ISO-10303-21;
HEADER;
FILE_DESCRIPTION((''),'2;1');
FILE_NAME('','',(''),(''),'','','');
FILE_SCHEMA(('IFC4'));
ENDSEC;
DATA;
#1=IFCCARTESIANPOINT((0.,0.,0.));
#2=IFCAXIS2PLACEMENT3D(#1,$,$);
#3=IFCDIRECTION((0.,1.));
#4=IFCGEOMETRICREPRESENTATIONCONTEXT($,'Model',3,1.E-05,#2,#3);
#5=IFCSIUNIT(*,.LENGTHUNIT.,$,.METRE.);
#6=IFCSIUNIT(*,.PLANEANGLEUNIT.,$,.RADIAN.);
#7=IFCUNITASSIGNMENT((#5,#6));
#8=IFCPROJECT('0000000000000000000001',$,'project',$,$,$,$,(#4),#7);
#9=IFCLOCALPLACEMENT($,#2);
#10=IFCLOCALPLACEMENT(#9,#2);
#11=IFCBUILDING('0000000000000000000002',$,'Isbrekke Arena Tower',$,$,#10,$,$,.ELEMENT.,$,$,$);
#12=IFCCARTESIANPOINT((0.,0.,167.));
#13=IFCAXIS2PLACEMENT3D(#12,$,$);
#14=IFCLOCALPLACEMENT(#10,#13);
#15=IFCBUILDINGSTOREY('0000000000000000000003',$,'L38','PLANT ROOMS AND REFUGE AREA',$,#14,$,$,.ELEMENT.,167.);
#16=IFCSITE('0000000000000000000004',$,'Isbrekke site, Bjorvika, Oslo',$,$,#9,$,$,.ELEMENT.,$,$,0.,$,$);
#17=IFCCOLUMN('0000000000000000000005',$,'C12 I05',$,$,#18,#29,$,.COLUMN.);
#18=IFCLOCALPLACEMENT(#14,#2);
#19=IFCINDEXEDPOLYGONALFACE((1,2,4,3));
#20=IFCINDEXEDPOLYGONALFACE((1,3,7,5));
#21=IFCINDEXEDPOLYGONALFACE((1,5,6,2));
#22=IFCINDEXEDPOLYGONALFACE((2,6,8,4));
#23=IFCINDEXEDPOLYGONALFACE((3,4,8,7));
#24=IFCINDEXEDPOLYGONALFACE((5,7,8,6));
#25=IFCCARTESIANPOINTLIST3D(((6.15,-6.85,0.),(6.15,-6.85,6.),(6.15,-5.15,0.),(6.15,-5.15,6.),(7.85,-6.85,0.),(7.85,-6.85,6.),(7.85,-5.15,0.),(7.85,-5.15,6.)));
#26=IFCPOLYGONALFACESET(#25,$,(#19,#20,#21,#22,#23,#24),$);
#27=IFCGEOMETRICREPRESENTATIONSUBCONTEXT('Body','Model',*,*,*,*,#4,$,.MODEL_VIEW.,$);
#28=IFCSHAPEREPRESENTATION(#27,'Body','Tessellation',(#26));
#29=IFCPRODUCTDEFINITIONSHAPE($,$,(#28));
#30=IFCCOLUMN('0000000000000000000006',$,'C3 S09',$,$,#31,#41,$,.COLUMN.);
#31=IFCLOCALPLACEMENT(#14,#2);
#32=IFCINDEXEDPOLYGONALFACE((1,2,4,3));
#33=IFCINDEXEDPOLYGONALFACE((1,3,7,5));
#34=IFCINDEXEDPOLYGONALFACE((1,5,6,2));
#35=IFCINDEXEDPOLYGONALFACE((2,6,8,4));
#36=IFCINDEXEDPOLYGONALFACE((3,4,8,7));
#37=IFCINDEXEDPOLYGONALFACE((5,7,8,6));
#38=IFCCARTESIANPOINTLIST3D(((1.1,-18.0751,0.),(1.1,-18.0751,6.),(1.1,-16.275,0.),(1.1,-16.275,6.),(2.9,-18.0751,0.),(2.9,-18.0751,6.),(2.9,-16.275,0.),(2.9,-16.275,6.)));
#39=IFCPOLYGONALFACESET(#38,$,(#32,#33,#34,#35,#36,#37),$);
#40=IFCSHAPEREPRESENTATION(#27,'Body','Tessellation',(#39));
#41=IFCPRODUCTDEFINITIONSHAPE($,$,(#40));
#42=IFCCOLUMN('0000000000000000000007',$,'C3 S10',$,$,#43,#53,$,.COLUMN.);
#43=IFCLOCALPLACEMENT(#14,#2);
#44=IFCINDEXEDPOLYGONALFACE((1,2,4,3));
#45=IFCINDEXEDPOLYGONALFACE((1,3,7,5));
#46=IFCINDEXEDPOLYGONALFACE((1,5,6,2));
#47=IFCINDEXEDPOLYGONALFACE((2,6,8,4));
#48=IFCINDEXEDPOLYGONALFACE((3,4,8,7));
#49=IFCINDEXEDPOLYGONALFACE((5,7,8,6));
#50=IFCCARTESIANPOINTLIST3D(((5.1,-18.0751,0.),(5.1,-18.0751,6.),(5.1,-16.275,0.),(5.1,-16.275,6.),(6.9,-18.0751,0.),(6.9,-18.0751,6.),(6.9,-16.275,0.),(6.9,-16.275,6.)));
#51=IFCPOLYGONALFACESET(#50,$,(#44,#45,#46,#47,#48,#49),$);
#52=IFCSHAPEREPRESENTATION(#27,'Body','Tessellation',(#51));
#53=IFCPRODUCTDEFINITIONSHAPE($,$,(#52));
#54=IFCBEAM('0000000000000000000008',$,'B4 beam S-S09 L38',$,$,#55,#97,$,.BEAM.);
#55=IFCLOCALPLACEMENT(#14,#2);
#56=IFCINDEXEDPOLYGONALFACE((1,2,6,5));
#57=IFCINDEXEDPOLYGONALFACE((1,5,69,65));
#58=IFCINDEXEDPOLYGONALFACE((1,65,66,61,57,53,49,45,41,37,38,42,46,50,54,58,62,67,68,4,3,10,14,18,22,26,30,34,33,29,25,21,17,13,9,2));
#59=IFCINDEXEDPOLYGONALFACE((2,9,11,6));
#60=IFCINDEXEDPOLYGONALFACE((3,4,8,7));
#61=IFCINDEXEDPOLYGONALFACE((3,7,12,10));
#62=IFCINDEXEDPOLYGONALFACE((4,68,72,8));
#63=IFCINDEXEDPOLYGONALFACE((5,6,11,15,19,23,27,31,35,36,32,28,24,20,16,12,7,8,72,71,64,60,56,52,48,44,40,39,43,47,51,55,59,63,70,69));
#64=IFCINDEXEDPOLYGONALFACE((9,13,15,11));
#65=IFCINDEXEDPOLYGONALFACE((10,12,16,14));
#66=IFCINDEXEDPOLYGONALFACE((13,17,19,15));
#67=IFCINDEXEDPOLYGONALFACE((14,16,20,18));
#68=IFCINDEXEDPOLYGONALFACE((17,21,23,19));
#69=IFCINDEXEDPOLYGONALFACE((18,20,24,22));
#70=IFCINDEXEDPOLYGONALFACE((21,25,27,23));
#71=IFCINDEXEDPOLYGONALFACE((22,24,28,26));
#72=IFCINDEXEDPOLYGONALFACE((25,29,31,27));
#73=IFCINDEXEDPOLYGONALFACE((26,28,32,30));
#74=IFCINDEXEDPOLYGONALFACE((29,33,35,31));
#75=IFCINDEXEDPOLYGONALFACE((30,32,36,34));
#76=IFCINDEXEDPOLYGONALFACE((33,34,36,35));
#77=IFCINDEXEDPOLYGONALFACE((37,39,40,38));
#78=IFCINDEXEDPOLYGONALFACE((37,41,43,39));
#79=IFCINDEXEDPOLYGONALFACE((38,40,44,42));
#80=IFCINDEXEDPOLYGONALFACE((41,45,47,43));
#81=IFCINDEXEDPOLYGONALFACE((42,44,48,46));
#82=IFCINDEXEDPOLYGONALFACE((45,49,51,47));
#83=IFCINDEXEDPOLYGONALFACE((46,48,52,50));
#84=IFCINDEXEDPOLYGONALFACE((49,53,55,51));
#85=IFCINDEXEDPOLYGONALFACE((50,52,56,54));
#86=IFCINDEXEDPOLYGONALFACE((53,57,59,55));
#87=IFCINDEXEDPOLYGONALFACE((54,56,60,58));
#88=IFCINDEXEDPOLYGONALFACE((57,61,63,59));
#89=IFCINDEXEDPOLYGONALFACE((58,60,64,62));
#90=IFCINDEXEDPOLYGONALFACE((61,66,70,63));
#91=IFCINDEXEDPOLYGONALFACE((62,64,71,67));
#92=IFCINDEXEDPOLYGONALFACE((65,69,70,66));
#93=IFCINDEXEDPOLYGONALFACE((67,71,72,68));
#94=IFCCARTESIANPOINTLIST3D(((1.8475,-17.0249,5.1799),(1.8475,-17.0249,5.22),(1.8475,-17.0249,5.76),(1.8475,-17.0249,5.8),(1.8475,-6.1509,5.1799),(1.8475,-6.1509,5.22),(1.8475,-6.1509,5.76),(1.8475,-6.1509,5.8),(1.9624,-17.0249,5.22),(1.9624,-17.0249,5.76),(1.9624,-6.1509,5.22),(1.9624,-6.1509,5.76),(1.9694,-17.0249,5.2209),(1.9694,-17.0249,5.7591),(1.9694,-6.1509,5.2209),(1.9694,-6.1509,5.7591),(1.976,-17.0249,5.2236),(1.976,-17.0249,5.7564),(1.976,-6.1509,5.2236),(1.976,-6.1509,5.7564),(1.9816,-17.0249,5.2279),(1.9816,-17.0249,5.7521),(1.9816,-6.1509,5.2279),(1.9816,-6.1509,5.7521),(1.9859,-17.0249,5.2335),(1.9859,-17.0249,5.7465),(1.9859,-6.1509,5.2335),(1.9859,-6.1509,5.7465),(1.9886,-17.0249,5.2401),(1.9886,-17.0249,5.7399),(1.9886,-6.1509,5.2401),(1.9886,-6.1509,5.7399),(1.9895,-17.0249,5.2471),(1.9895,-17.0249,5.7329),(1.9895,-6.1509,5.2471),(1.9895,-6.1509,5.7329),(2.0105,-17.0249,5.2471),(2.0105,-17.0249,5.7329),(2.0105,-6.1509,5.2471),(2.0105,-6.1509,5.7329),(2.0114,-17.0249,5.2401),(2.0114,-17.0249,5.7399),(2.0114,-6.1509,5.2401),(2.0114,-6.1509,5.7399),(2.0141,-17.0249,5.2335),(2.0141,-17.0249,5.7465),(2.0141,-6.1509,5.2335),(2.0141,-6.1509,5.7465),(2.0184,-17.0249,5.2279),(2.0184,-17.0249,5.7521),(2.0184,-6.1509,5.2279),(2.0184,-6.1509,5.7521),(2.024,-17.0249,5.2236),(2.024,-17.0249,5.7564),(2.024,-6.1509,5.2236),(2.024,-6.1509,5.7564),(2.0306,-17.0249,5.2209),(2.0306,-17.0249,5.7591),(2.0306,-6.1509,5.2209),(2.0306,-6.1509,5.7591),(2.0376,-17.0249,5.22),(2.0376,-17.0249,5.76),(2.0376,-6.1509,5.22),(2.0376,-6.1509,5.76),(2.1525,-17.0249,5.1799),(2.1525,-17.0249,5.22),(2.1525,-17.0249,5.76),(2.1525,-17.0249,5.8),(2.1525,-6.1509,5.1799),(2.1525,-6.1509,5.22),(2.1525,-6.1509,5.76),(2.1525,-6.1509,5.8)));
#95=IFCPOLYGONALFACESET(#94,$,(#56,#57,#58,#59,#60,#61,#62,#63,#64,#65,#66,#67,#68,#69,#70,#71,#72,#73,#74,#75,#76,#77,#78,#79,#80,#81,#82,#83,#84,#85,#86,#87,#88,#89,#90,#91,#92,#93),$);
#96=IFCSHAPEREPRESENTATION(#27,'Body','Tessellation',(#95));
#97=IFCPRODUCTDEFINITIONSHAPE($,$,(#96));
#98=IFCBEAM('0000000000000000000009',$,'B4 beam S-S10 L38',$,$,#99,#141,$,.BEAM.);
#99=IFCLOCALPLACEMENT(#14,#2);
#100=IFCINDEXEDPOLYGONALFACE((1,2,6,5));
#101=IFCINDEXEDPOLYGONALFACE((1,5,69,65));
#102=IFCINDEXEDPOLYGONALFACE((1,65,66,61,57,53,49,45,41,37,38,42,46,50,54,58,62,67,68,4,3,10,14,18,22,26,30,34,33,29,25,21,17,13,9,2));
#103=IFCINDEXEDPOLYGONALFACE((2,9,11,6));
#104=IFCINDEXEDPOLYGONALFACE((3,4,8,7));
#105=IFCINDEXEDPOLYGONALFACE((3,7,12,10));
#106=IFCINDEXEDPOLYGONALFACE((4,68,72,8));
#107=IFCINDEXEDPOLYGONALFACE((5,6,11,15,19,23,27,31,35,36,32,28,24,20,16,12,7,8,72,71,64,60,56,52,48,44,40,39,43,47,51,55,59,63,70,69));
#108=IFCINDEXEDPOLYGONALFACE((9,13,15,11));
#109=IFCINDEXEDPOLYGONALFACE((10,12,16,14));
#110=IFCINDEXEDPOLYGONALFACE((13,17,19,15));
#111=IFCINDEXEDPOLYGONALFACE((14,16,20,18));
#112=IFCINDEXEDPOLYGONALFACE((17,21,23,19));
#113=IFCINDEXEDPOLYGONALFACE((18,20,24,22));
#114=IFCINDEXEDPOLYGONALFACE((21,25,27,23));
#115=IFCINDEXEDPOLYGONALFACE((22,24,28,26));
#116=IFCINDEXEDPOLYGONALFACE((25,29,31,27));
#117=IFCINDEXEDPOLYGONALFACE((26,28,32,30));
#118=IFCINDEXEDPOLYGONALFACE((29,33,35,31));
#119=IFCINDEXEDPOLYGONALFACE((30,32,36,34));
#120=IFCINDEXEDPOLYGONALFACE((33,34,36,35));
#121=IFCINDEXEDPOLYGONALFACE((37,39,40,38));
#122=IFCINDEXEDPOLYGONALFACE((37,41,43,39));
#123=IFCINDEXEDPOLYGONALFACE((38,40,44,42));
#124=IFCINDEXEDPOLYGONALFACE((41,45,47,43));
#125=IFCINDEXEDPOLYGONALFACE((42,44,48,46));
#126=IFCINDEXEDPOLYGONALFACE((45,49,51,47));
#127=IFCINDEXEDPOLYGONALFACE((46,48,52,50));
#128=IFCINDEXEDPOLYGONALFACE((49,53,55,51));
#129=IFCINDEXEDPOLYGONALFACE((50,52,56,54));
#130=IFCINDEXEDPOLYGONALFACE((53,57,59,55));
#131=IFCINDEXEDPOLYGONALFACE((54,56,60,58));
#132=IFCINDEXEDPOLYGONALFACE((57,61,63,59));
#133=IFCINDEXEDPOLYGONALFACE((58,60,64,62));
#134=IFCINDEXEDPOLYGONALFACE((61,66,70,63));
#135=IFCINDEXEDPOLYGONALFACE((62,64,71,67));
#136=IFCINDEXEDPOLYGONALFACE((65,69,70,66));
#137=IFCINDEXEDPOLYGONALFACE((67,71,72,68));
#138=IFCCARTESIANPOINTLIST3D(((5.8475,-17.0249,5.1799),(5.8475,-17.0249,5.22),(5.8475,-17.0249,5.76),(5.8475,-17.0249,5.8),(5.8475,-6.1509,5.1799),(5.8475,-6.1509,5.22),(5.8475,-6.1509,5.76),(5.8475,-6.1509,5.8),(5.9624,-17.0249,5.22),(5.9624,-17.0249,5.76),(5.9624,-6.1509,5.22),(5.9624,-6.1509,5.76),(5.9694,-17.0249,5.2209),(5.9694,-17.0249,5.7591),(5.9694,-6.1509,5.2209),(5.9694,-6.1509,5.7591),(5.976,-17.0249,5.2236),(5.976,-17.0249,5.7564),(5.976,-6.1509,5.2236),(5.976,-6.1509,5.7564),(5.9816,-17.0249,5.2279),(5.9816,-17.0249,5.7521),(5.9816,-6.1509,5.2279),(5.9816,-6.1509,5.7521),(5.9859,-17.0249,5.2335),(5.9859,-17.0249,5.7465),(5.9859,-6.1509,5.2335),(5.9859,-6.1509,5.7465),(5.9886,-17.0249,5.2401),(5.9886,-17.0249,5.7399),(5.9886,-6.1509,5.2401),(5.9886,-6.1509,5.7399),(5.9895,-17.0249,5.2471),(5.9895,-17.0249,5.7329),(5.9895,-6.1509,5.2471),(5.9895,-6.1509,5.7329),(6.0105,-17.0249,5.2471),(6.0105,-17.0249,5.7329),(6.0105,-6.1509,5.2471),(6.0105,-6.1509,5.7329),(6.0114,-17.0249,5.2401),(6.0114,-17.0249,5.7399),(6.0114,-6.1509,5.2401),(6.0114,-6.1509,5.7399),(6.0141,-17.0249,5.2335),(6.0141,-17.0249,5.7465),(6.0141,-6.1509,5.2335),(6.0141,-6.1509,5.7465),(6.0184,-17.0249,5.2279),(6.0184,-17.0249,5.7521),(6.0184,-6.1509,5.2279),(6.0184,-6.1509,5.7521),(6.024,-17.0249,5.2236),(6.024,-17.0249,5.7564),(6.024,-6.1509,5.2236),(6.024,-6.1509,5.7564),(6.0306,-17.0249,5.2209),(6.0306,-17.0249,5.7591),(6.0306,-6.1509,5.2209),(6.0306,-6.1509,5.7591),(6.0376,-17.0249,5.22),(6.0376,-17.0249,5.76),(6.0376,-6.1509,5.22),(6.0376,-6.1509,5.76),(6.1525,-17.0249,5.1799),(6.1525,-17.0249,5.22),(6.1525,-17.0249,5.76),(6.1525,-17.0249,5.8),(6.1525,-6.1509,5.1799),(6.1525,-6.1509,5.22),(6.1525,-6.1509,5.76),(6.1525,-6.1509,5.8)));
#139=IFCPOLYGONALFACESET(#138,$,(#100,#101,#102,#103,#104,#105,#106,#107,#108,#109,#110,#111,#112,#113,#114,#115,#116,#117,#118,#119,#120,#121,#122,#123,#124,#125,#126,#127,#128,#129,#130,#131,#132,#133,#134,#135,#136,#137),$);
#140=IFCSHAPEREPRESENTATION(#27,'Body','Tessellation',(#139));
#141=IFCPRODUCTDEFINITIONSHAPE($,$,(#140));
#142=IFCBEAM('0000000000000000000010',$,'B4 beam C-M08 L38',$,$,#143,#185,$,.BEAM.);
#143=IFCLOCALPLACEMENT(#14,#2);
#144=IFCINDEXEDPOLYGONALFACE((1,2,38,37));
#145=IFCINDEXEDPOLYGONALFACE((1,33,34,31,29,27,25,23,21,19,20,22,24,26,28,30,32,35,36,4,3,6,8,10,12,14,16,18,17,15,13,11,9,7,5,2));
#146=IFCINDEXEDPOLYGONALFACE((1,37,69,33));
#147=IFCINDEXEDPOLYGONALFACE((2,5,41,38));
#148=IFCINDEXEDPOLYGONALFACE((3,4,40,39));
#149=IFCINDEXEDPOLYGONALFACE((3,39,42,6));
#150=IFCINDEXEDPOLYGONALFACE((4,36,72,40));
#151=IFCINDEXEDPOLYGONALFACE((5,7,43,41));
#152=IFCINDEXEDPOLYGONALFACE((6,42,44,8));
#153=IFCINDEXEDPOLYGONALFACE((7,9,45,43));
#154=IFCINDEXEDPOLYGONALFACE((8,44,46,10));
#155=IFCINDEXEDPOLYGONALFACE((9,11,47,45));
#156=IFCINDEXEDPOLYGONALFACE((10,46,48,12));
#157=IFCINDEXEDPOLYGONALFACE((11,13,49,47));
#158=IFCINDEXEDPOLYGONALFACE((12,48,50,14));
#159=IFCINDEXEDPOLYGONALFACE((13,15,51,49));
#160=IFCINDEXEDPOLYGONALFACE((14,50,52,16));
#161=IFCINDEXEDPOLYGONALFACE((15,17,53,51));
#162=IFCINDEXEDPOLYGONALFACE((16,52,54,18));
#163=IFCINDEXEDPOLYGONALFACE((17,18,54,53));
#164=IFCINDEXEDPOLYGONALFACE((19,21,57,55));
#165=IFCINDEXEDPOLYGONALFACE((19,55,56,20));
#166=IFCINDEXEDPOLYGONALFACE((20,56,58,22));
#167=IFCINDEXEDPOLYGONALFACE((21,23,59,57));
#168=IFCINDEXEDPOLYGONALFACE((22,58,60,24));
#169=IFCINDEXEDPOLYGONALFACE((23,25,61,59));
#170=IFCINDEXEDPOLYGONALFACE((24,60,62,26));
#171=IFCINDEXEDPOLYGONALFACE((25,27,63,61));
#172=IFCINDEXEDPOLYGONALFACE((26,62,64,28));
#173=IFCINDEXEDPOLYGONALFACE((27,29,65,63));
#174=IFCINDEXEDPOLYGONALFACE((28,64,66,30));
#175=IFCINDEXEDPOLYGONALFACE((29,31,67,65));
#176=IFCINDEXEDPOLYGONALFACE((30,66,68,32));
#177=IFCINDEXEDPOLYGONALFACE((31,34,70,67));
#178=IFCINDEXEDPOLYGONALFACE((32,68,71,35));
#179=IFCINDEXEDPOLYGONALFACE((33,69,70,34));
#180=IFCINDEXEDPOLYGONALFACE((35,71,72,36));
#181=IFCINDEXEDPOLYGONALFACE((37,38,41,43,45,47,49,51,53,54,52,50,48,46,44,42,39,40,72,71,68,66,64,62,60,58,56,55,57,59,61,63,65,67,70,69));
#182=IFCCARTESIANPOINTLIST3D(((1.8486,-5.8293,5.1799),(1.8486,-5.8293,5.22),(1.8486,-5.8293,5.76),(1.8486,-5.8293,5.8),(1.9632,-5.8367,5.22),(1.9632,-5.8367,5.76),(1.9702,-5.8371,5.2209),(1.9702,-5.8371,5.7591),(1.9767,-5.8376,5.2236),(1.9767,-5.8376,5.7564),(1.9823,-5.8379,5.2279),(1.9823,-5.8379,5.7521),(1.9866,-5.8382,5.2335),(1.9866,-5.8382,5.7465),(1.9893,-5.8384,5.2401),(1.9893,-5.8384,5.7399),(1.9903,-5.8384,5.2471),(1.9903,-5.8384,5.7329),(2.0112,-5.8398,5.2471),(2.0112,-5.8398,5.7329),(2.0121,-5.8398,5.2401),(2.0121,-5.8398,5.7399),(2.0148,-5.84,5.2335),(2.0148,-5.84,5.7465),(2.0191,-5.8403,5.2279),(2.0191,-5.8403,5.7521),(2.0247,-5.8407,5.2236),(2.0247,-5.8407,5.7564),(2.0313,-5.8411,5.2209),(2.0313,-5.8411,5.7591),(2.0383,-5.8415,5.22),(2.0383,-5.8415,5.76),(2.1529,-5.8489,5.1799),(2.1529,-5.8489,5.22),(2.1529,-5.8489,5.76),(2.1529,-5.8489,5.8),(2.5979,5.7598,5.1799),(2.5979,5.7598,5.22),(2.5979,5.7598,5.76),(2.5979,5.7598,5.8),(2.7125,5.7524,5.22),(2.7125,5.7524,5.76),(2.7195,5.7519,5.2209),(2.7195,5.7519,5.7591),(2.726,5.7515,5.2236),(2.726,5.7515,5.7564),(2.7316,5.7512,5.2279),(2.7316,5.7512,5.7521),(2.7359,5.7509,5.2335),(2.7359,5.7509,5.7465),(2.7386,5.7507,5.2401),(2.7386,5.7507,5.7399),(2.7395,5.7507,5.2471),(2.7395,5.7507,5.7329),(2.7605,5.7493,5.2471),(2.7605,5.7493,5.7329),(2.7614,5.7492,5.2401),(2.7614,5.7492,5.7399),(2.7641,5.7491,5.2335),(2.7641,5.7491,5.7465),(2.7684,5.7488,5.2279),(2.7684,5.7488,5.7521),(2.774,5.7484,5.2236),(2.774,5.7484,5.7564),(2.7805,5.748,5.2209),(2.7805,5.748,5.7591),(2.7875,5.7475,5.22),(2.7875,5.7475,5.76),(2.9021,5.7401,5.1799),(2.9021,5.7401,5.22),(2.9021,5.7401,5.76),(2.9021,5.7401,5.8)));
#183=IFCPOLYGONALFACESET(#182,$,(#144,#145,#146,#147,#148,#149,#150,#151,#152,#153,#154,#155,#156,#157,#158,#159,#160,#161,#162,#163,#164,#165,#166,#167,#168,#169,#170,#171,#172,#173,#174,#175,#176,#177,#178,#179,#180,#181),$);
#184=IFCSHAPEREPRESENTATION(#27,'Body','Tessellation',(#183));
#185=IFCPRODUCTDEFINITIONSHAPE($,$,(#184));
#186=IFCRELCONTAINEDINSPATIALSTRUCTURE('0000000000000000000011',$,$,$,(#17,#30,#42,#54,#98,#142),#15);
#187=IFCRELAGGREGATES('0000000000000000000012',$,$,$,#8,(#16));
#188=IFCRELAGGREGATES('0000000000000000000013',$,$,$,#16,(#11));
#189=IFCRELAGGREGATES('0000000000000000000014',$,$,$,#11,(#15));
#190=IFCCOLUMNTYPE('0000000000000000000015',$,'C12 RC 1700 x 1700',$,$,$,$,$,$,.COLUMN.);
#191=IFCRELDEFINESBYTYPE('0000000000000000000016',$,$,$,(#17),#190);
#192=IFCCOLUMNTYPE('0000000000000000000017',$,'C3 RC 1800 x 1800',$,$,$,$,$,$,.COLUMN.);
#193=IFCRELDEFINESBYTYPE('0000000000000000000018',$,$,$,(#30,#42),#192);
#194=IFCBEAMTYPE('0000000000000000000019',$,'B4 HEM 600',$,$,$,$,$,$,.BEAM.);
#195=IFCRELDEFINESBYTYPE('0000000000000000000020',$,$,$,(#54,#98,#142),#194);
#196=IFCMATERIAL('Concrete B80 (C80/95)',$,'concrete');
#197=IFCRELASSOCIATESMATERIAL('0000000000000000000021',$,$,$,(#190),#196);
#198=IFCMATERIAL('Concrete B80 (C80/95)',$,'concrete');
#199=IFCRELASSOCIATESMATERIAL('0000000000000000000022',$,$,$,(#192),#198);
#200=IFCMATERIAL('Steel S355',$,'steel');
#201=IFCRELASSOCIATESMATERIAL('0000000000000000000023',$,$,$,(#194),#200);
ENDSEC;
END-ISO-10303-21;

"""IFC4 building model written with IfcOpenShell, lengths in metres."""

from ifc_helpers import new_model, si_unit, direction, frame, origin, origin_2d, place, context, subcontext, project, spatial, rectangle, i_section, extrude, material, material_profile, profile_set, type_object, element, save


model = new_model("IFC4")

# Units and contexts
model_context = context("Model", 3, precision=1e-05, world=origin(), true_north=direction((0.0, 1.0)))
body_context = subcontext(model_context, "Body", "Model", "MODEL_VIEW")
ifc_project = project(units=[si_unit("LENGTHUNIT", "METRE"), si_unit("PLANEANGLEUNIT", "RADIAN")], contexts=[model_context])

# Site, building, storey
site_placement = place(None, origin())
site = spatial("IfcSite", under=ifc_project, at=site_placement, Name="Isbrekke site, Bjorvika, Oslo", CompositionType="ELEMENT", RefElevation=0.0)
building_placement = place(site_placement, origin())
building = spatial("IfcBuilding", under=site, at=building_placement, Name="Isbrekke Arena Tower", CompositionType="ELEMENT")
storey_placement = place(building_placement, frame((0.0, 0.0, 167.0)))
storey = spatial("IfcBuildingStorey", under=building, at=storey_placement, Name="L38", Description="PLANT ROOMS AND REFUGE AREA", CompositionType="ELEMENT", Elevation=167.0)

# Columns
ifc_material_1 = material(Name="Concrete B80 (C80/95)", Category="concrete")
ifc_material_profile_1 = material_profile(ifc_material_1, rectangle(XDim=1.7, YDim=1.7, at=origin_2d()), Name="RC 1700x1700")
ifc_profile_set_1 = profile_set([ifc_material_profile_1], Name="Concrete B80 (C80/95)")
column_type_1 = type_object("IfcColumnType", Name="C12 RC 1700 x 1700", PredefinedType="COLUMN", material=ifc_profile_set_1)
column_placement = place(storey_placement, frame((7.0, -6.0, 0.0), z_axis=(0.0, 0.0, 1.0), x_axis=(1.0, 0.0, 0.0)))
element("IfcColumn", 1, at=column_placement, inside=storey, type_object=column_type_1, Name="C12 I05", PredefinedType="COLUMN", context=body_context, shape_type="SweptSolid", body=[
    extrude(rectangle(XDim=1.7, YDim=1.7, at=origin_2d()), origin(), (0.0, 0.0, 1.0), 6.0),
])
ifc_material_2 = material(Name="Concrete B80 (C80/95)", Category="concrete")
ifc_material_profile_2 = material_profile(ifc_material_2, rectangle(XDim=1.8, YDim=1.8, at=origin_2d()), Name="RC 1800x1800")
ifc_profile_set_2 = profile_set([ifc_material_profile_2], Name="Concrete B80 (C80/95)")
column_type_2 = type_object("IfcColumnType", Name="C3 RC 1800 x 1800", PredefinedType="COLUMN", material=ifc_profile_set_2)
for number, where, z_axis, x_axis, name in (
    (2, (2.0, -17.175, 0.0), (0.0, 0.0, 1.0), (1.0, 0.0, 0.0), "C3 S09"),
    (3, (6.0, -17.175, 0.0), (0.0, 0.0, 1.0), (1.0, 0.0, 0.0), "C3 S10"),
):
    element("IfcColumn", number, at=place(storey_placement, frame(where, z_axis=z_axis, x_axis=x_axis)), inside=storey, type_object=column_type_2, Name=name, PredefinedType="COLUMN", context=body_context, shape_type="SweptSolid", body=[
        extrude(rectangle(XDim=1.8, YDim=1.8, at=origin_2d()), origin(), (0.0, 0.0, 1.0), 6.0),
    ])

# Beams
ifc_material_3 = material(Name="Steel S355", Category="steel")
ifc_material_profile_3 = material_profile(ifc_material_3, i_section(OverallWidth=0.3049, OverallDepth=0.6201, WebThickness=0.021, FlangeThickness=0.04, FilletRadius=0.0271, at=origin_2d()), Name="HEM 600")
ifc_profile_set_3 = profile_set([ifc_material_profile_3], Name="Steel S355")
beam_type_1 = type_object("IfcBeamType", Name="B4 HEM 600", PredefinedType="BEAM", material=ifc_profile_set_3)
for number, where, z_axis, x_axis, name in (
    (4, (2.0, -17.0249, 5.49), (0.0, 1.0, 0.0), (-1.0, 0.0, 0.0), "B4 beam S-S09 L38"),
    (5, (6.0, -17.0249, 5.49), (0.0, 1.0, 0.0), (-1.0, 0.0, 0.0), "B4 beam S-S10 L38"),
):
    element("IfcBeam", number, at=place(storey_placement, frame(where, z_axis=z_axis, x_axis=x_axis)), inside=storey, type_object=beam_type_1, Name=name, PredefinedType="BEAM", context=body_context, shape_type="SweptSolid", body=[
        extrude(i_section(OverallWidth=0.3049, OverallDepth=0.6201, WebThickness=0.021, FlangeThickness=0.04, FilletRadius=0.0271, at=origin_2d()), origin(), (0.0, 0.0, 1.0), 10.874),
    ])
beam_1_placement = place(storey_placement, frame((2.0007, -5.8391, 5.49), z_axis=(0.064518, 0.997917, 0.0), x_axis=(-0.997917, 0.064518, 0.0)))
element("IfcBeam", 6, at=beam_1_placement, inside=storey, type_object=beam_type_1, Name="B4 beam C-M08 L38", PredefinedType="BEAM", context=body_context, shape_type="SweptSolid", body=[
    extrude(i_section(OverallWidth=0.3049, OverallDepth=0.6201, WebThickness=0.021, FlangeThickness=0.04, FilletRadius=0.0271, at=origin_2d()), origin(), (0.0, 0.0, 1.0), 11.6133),
])

save(model, "model.ifc")
